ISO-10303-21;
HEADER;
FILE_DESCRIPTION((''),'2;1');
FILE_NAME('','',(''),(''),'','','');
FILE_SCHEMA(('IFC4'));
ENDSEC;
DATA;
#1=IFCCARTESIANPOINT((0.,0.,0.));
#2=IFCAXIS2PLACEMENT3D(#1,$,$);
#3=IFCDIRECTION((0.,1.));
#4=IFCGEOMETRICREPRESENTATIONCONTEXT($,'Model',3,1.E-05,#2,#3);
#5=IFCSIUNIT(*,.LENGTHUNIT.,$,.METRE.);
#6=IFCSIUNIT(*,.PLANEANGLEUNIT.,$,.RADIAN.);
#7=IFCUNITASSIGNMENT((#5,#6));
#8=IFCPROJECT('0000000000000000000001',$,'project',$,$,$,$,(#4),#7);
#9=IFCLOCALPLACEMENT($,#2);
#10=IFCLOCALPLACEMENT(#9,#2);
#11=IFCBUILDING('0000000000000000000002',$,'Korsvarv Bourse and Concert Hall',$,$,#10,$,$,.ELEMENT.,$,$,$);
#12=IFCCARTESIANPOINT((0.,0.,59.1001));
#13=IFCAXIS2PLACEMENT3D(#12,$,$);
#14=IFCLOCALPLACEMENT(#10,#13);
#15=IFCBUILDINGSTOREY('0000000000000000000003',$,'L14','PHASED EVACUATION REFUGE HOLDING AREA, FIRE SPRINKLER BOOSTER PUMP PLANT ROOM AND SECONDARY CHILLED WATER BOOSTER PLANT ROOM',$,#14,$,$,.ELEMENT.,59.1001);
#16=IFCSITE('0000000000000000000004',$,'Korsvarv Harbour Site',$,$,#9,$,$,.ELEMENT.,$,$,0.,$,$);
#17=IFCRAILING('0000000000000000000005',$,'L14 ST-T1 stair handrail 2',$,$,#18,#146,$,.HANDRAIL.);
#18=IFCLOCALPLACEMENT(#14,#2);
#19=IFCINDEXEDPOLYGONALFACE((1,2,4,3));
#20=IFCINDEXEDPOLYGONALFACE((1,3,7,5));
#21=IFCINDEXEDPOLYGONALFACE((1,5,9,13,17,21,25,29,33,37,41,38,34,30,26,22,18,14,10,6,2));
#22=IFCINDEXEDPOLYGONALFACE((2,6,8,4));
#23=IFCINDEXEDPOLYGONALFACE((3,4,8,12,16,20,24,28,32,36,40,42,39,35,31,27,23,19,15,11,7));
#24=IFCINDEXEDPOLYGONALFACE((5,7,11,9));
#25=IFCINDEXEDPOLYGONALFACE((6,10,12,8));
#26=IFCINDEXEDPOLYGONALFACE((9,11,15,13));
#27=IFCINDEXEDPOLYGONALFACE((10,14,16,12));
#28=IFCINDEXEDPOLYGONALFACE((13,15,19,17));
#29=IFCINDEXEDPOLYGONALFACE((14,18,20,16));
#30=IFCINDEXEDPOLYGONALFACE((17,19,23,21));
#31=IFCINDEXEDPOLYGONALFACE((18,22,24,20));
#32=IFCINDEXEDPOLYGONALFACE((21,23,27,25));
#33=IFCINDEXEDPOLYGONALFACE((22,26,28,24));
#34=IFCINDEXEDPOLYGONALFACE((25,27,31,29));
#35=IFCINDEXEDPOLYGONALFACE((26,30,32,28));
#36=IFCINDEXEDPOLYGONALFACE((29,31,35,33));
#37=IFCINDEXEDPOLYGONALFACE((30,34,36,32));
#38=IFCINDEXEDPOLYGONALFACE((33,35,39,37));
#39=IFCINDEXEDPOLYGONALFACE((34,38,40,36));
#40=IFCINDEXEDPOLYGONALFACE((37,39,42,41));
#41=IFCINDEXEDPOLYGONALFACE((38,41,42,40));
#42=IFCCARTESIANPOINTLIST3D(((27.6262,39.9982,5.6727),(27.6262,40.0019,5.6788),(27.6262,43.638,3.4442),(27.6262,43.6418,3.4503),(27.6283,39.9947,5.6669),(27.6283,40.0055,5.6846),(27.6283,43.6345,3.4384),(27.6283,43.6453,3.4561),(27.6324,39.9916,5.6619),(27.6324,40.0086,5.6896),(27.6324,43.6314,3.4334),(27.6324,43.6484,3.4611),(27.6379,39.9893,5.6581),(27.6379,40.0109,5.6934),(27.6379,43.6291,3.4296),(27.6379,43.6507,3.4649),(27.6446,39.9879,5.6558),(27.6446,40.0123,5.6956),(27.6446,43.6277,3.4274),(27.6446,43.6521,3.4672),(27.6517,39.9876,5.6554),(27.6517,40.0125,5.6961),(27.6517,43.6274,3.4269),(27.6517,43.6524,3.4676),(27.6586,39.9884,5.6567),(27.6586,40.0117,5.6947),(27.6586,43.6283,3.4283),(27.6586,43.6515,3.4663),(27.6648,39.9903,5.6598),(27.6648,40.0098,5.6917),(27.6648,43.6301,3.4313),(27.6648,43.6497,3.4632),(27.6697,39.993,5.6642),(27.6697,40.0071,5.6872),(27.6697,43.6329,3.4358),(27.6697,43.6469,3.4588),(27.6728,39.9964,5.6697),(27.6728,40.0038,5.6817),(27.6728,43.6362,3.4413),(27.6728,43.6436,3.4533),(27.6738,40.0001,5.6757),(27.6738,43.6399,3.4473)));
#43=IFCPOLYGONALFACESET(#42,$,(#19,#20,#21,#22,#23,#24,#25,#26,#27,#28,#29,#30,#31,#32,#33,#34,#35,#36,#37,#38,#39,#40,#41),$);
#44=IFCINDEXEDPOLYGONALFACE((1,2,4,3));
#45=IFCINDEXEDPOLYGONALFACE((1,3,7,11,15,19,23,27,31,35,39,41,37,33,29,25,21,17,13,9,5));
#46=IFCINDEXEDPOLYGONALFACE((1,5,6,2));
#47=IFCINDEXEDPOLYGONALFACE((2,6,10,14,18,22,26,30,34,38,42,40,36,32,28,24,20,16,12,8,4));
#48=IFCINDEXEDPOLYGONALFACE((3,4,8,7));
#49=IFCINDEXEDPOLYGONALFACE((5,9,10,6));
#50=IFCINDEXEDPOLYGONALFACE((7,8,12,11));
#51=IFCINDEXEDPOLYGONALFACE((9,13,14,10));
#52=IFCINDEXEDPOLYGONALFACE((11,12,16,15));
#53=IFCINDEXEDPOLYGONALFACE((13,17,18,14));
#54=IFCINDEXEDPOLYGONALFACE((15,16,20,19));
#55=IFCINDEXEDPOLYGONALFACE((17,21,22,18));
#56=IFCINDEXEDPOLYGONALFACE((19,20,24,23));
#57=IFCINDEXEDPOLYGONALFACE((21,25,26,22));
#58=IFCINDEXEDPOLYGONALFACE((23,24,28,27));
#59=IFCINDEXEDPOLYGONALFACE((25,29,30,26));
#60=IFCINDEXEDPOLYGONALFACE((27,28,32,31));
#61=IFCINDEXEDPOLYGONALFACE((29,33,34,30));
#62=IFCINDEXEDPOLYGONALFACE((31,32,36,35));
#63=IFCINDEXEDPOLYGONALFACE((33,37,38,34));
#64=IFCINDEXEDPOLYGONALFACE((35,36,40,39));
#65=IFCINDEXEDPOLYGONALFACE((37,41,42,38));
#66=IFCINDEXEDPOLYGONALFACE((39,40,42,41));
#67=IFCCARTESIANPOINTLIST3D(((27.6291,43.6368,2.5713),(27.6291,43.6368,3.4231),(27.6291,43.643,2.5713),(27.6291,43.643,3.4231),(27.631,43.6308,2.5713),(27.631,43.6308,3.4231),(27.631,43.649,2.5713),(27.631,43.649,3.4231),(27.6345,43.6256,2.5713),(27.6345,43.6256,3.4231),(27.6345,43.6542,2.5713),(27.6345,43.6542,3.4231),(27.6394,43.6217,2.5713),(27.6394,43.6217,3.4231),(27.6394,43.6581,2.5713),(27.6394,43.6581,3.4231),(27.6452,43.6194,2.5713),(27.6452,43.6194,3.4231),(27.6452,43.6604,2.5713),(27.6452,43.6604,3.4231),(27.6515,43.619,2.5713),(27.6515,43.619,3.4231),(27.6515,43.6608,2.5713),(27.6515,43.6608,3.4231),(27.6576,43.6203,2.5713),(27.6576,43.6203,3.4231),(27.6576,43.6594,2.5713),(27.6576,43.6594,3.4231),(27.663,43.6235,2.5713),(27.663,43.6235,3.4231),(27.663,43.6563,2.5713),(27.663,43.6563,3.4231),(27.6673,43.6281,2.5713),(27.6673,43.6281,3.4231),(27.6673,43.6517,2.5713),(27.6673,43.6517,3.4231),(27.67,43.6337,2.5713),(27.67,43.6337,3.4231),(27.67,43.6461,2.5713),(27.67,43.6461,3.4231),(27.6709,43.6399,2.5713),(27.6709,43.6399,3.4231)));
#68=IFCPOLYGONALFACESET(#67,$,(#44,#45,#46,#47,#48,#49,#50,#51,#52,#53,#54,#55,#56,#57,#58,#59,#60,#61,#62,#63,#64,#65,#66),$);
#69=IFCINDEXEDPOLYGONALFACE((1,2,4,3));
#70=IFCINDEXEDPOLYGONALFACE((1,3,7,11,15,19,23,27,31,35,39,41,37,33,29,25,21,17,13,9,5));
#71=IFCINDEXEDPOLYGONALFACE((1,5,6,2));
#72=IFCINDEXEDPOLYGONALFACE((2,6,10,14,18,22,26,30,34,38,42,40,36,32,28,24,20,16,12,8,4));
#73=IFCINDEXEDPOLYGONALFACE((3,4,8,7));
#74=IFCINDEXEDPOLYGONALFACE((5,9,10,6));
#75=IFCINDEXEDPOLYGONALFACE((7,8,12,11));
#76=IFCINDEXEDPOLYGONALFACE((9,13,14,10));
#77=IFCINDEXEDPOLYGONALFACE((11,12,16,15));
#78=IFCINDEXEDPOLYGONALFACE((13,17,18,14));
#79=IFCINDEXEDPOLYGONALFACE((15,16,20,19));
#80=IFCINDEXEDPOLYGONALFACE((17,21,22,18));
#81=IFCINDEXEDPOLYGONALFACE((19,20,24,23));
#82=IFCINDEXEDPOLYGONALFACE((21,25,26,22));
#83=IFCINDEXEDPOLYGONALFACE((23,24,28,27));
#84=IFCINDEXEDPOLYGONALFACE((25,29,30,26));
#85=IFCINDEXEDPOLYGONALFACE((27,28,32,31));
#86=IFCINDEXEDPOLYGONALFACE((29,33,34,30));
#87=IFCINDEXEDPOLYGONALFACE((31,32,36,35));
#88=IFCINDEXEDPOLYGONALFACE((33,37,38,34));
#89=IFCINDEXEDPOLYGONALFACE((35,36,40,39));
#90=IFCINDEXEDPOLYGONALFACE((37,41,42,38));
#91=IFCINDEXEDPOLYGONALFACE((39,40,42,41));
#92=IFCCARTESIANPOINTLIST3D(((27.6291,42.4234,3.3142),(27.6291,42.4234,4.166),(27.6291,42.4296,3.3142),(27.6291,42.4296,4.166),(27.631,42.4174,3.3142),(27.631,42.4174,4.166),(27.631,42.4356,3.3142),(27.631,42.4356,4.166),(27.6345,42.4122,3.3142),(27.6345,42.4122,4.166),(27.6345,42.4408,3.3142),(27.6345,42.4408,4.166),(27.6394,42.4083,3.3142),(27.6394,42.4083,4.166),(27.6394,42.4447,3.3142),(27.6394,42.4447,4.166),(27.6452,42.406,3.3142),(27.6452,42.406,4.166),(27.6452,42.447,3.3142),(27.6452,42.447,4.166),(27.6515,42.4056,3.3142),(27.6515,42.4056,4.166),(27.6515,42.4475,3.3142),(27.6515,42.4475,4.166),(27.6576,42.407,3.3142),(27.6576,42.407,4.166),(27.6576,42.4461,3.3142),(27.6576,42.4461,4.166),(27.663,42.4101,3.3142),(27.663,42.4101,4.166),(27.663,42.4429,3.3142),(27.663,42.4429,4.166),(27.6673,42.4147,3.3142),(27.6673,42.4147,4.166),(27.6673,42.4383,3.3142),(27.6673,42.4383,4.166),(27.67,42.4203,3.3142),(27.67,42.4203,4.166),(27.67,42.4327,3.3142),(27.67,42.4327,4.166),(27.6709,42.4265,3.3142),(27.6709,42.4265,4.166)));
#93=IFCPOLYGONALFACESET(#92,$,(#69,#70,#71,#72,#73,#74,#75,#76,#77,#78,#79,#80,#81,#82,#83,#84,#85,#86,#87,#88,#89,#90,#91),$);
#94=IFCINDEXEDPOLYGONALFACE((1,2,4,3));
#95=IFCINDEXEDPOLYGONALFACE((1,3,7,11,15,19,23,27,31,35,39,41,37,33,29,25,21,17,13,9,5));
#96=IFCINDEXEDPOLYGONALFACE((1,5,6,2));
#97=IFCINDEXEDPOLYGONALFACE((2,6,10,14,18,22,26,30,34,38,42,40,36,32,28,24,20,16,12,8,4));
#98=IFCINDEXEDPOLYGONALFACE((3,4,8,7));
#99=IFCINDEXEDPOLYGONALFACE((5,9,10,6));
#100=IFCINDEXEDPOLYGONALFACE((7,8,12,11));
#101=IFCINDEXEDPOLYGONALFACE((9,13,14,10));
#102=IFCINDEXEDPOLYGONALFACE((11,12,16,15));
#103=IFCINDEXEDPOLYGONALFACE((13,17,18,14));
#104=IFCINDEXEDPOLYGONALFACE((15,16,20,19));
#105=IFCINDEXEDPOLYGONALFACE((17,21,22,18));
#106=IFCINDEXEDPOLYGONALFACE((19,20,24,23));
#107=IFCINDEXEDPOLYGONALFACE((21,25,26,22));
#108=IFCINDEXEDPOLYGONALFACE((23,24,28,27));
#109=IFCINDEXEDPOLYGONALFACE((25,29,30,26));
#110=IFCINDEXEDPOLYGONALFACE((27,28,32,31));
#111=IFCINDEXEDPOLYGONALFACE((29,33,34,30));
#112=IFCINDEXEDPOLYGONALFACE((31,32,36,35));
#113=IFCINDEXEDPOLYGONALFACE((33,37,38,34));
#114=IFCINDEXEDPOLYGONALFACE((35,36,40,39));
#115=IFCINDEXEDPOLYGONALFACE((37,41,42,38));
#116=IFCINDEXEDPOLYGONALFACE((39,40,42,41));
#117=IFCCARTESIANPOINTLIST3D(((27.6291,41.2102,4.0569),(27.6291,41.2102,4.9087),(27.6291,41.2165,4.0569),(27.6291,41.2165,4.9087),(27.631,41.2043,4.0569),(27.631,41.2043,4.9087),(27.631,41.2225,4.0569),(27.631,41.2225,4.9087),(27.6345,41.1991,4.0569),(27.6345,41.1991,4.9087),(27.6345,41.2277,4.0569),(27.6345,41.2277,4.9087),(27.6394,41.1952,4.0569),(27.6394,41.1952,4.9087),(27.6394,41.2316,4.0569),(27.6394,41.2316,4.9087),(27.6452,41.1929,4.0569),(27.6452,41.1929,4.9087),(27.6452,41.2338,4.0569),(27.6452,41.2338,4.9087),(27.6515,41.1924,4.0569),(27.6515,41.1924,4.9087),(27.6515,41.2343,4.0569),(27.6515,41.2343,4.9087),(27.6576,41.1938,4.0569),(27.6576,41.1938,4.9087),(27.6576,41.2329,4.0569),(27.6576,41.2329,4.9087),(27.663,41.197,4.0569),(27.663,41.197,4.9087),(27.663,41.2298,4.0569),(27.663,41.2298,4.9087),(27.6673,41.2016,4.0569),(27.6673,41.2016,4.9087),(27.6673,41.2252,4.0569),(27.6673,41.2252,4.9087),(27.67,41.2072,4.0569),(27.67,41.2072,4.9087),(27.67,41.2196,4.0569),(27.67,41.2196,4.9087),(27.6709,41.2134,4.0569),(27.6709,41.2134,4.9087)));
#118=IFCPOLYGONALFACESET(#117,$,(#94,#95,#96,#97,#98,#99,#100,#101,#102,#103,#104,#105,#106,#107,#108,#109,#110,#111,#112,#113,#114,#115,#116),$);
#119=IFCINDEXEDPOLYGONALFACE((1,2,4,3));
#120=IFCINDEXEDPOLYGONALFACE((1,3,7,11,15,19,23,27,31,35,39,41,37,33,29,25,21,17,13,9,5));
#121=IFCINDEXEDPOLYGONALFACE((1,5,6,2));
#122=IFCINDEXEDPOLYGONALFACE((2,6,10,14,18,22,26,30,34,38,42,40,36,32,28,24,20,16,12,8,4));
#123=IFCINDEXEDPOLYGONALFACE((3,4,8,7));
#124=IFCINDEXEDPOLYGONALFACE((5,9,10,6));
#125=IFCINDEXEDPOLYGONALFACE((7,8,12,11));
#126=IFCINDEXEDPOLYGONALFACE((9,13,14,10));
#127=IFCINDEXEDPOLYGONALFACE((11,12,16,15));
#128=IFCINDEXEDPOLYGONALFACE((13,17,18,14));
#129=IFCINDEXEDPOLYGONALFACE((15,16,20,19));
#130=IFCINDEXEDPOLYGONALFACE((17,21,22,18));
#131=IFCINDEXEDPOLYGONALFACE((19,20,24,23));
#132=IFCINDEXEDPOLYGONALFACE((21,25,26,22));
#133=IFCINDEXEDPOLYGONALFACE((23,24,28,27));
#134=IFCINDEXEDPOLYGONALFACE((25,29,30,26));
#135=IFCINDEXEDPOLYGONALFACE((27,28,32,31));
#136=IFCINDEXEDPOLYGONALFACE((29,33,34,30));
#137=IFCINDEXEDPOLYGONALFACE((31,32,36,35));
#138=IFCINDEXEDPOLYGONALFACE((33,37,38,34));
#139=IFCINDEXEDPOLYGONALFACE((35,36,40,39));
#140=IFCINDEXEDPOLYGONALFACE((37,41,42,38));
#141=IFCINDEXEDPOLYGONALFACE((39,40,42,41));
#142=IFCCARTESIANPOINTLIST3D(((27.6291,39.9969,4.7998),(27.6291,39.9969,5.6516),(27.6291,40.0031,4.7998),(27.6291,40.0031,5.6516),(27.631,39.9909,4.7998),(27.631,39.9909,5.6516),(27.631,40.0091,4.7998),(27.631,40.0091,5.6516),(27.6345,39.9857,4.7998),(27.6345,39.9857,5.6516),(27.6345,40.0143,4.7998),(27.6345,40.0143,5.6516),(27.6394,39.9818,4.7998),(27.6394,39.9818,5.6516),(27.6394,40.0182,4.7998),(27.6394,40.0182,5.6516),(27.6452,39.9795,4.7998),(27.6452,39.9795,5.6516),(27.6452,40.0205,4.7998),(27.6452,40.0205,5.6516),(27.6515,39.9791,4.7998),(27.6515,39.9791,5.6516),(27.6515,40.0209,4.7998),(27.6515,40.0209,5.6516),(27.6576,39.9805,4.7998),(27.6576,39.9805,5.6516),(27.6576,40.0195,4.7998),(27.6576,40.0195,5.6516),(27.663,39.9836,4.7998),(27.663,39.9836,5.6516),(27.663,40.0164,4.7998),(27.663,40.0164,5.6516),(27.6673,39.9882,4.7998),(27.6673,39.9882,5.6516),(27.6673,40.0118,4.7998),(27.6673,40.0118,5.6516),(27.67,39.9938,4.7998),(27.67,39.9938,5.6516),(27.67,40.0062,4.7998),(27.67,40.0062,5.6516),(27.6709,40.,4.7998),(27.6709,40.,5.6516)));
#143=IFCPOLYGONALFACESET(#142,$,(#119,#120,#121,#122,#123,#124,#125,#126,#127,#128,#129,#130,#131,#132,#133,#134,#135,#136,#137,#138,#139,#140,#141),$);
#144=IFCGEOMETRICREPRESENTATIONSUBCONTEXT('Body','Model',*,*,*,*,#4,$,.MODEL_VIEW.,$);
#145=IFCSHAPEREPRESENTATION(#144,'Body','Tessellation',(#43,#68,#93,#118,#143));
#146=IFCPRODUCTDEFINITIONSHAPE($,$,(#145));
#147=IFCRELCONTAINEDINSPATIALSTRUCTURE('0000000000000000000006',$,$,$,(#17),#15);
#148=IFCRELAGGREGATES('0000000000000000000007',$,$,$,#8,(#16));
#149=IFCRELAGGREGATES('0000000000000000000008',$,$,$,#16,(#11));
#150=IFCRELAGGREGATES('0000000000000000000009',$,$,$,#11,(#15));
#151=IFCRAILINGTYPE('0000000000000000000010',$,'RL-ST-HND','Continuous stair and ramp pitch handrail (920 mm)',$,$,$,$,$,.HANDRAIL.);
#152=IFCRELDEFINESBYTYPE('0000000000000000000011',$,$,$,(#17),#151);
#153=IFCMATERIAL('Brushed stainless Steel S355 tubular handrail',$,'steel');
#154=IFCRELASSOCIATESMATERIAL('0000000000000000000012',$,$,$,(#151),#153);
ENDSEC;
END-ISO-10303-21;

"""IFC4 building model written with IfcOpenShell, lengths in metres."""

from ifc_helpers import new_model, si_unit, direction, frame, origin, origin_2d, place, context, subcontext, project, spatial, circle, extrude, material, type_object, element, save


model = new_model("IFC4")

# Units and contexts
model_context = context("Model", 3, precision=1e-05, world=origin(), true_north=direction((0.0, 1.0)))
body_context = subcontext(model_context, "Body", "Model", "MODEL_VIEW")
ifc_project = project(units=[si_unit("LENGTHUNIT", "METRE"), si_unit("PLANEANGLEUNIT", "RADIAN")], contexts=[model_context])

# Site, building, storey
site_placement = place(None, origin())
site = spatial("IfcSite", under=ifc_project, at=site_placement, Name="Korsvarv Harbour Site", CompositionType="ELEMENT", RefElevation=0.0)
building_placement = place(site_placement, origin())
building = spatial("IfcBuilding", under=site, at=building_placement, Name="Korsvarv Bourse and Concert Hall", CompositionType="ELEMENT")
storey_placement = place(building_placement, frame((0.0, 0.0, 59.1001)))
storey = spatial("IfcBuildingStorey", under=building, at=storey_placement, Name="L14", Description="PHASED EVACUATION REFUGE HOLDING AREA, FIRE SPRINKLER BOOSTER PUMP PLANT ROOM AND SECONDARY CHILLED WATER BOOSTER PLANT ROOM", CompositionType="ELEMENT", Elevation=59.1001)

# Railing
ifc_material_1 = material(Name="Brushed stainless Steel S355 tubular handrail", Category="steel")
railing_type_1 = type_object("IfcRailingType", Name="RL-ST-HND", Description="Continuous stair and ramp pitch handrail (920 mm)", PredefinedType="HANDRAIL", material=ifc_material_1)
railing_1_placement = place(storey_placement, frame((27.6499, 43.6399, 2.5713)))
element("IfcRailing", 1, at=railing_1_placement, inside=storey, type_object=railing_type_1, Name="L14 ST-T1 stair handrail 2", PredefinedType="HANDRAIL", context=body_context, shape_type="SweptSolid", body=[
    extrude(circle(Radius=0.0239, at=origin_2d()), frame((0.0, 0.0, 0.876), z_axis=(0.0, -0.85285, 0.522156), x_axis=(1.0, 0.0, 0.0)), (0.0, 0.0, 1.0), 4.2678),
    extrude(circle(Radius=0.021, at=origin_2d()), origin(), (0.0, 0.0, 1.0), 0.8518),
    extrude(circle(Radius=0.021, at=origin_2d()), frame((0.0, -1.2134, 0.7429)), (0.0, 0.0, 1.0), 0.8518),
    extrude(circle(Radius=0.021, at=origin_2d()), frame((0.0, -2.4265, 1.4856)), (0.0, 0.0, 1.0), 0.8518),
    extrude(circle(Radius=0.021, at=origin_2d()), frame((0.0, -3.6399, 2.2285)), (0.0, 0.0, 1.0), 0.8518),
])

save(model, "model.ifc")
